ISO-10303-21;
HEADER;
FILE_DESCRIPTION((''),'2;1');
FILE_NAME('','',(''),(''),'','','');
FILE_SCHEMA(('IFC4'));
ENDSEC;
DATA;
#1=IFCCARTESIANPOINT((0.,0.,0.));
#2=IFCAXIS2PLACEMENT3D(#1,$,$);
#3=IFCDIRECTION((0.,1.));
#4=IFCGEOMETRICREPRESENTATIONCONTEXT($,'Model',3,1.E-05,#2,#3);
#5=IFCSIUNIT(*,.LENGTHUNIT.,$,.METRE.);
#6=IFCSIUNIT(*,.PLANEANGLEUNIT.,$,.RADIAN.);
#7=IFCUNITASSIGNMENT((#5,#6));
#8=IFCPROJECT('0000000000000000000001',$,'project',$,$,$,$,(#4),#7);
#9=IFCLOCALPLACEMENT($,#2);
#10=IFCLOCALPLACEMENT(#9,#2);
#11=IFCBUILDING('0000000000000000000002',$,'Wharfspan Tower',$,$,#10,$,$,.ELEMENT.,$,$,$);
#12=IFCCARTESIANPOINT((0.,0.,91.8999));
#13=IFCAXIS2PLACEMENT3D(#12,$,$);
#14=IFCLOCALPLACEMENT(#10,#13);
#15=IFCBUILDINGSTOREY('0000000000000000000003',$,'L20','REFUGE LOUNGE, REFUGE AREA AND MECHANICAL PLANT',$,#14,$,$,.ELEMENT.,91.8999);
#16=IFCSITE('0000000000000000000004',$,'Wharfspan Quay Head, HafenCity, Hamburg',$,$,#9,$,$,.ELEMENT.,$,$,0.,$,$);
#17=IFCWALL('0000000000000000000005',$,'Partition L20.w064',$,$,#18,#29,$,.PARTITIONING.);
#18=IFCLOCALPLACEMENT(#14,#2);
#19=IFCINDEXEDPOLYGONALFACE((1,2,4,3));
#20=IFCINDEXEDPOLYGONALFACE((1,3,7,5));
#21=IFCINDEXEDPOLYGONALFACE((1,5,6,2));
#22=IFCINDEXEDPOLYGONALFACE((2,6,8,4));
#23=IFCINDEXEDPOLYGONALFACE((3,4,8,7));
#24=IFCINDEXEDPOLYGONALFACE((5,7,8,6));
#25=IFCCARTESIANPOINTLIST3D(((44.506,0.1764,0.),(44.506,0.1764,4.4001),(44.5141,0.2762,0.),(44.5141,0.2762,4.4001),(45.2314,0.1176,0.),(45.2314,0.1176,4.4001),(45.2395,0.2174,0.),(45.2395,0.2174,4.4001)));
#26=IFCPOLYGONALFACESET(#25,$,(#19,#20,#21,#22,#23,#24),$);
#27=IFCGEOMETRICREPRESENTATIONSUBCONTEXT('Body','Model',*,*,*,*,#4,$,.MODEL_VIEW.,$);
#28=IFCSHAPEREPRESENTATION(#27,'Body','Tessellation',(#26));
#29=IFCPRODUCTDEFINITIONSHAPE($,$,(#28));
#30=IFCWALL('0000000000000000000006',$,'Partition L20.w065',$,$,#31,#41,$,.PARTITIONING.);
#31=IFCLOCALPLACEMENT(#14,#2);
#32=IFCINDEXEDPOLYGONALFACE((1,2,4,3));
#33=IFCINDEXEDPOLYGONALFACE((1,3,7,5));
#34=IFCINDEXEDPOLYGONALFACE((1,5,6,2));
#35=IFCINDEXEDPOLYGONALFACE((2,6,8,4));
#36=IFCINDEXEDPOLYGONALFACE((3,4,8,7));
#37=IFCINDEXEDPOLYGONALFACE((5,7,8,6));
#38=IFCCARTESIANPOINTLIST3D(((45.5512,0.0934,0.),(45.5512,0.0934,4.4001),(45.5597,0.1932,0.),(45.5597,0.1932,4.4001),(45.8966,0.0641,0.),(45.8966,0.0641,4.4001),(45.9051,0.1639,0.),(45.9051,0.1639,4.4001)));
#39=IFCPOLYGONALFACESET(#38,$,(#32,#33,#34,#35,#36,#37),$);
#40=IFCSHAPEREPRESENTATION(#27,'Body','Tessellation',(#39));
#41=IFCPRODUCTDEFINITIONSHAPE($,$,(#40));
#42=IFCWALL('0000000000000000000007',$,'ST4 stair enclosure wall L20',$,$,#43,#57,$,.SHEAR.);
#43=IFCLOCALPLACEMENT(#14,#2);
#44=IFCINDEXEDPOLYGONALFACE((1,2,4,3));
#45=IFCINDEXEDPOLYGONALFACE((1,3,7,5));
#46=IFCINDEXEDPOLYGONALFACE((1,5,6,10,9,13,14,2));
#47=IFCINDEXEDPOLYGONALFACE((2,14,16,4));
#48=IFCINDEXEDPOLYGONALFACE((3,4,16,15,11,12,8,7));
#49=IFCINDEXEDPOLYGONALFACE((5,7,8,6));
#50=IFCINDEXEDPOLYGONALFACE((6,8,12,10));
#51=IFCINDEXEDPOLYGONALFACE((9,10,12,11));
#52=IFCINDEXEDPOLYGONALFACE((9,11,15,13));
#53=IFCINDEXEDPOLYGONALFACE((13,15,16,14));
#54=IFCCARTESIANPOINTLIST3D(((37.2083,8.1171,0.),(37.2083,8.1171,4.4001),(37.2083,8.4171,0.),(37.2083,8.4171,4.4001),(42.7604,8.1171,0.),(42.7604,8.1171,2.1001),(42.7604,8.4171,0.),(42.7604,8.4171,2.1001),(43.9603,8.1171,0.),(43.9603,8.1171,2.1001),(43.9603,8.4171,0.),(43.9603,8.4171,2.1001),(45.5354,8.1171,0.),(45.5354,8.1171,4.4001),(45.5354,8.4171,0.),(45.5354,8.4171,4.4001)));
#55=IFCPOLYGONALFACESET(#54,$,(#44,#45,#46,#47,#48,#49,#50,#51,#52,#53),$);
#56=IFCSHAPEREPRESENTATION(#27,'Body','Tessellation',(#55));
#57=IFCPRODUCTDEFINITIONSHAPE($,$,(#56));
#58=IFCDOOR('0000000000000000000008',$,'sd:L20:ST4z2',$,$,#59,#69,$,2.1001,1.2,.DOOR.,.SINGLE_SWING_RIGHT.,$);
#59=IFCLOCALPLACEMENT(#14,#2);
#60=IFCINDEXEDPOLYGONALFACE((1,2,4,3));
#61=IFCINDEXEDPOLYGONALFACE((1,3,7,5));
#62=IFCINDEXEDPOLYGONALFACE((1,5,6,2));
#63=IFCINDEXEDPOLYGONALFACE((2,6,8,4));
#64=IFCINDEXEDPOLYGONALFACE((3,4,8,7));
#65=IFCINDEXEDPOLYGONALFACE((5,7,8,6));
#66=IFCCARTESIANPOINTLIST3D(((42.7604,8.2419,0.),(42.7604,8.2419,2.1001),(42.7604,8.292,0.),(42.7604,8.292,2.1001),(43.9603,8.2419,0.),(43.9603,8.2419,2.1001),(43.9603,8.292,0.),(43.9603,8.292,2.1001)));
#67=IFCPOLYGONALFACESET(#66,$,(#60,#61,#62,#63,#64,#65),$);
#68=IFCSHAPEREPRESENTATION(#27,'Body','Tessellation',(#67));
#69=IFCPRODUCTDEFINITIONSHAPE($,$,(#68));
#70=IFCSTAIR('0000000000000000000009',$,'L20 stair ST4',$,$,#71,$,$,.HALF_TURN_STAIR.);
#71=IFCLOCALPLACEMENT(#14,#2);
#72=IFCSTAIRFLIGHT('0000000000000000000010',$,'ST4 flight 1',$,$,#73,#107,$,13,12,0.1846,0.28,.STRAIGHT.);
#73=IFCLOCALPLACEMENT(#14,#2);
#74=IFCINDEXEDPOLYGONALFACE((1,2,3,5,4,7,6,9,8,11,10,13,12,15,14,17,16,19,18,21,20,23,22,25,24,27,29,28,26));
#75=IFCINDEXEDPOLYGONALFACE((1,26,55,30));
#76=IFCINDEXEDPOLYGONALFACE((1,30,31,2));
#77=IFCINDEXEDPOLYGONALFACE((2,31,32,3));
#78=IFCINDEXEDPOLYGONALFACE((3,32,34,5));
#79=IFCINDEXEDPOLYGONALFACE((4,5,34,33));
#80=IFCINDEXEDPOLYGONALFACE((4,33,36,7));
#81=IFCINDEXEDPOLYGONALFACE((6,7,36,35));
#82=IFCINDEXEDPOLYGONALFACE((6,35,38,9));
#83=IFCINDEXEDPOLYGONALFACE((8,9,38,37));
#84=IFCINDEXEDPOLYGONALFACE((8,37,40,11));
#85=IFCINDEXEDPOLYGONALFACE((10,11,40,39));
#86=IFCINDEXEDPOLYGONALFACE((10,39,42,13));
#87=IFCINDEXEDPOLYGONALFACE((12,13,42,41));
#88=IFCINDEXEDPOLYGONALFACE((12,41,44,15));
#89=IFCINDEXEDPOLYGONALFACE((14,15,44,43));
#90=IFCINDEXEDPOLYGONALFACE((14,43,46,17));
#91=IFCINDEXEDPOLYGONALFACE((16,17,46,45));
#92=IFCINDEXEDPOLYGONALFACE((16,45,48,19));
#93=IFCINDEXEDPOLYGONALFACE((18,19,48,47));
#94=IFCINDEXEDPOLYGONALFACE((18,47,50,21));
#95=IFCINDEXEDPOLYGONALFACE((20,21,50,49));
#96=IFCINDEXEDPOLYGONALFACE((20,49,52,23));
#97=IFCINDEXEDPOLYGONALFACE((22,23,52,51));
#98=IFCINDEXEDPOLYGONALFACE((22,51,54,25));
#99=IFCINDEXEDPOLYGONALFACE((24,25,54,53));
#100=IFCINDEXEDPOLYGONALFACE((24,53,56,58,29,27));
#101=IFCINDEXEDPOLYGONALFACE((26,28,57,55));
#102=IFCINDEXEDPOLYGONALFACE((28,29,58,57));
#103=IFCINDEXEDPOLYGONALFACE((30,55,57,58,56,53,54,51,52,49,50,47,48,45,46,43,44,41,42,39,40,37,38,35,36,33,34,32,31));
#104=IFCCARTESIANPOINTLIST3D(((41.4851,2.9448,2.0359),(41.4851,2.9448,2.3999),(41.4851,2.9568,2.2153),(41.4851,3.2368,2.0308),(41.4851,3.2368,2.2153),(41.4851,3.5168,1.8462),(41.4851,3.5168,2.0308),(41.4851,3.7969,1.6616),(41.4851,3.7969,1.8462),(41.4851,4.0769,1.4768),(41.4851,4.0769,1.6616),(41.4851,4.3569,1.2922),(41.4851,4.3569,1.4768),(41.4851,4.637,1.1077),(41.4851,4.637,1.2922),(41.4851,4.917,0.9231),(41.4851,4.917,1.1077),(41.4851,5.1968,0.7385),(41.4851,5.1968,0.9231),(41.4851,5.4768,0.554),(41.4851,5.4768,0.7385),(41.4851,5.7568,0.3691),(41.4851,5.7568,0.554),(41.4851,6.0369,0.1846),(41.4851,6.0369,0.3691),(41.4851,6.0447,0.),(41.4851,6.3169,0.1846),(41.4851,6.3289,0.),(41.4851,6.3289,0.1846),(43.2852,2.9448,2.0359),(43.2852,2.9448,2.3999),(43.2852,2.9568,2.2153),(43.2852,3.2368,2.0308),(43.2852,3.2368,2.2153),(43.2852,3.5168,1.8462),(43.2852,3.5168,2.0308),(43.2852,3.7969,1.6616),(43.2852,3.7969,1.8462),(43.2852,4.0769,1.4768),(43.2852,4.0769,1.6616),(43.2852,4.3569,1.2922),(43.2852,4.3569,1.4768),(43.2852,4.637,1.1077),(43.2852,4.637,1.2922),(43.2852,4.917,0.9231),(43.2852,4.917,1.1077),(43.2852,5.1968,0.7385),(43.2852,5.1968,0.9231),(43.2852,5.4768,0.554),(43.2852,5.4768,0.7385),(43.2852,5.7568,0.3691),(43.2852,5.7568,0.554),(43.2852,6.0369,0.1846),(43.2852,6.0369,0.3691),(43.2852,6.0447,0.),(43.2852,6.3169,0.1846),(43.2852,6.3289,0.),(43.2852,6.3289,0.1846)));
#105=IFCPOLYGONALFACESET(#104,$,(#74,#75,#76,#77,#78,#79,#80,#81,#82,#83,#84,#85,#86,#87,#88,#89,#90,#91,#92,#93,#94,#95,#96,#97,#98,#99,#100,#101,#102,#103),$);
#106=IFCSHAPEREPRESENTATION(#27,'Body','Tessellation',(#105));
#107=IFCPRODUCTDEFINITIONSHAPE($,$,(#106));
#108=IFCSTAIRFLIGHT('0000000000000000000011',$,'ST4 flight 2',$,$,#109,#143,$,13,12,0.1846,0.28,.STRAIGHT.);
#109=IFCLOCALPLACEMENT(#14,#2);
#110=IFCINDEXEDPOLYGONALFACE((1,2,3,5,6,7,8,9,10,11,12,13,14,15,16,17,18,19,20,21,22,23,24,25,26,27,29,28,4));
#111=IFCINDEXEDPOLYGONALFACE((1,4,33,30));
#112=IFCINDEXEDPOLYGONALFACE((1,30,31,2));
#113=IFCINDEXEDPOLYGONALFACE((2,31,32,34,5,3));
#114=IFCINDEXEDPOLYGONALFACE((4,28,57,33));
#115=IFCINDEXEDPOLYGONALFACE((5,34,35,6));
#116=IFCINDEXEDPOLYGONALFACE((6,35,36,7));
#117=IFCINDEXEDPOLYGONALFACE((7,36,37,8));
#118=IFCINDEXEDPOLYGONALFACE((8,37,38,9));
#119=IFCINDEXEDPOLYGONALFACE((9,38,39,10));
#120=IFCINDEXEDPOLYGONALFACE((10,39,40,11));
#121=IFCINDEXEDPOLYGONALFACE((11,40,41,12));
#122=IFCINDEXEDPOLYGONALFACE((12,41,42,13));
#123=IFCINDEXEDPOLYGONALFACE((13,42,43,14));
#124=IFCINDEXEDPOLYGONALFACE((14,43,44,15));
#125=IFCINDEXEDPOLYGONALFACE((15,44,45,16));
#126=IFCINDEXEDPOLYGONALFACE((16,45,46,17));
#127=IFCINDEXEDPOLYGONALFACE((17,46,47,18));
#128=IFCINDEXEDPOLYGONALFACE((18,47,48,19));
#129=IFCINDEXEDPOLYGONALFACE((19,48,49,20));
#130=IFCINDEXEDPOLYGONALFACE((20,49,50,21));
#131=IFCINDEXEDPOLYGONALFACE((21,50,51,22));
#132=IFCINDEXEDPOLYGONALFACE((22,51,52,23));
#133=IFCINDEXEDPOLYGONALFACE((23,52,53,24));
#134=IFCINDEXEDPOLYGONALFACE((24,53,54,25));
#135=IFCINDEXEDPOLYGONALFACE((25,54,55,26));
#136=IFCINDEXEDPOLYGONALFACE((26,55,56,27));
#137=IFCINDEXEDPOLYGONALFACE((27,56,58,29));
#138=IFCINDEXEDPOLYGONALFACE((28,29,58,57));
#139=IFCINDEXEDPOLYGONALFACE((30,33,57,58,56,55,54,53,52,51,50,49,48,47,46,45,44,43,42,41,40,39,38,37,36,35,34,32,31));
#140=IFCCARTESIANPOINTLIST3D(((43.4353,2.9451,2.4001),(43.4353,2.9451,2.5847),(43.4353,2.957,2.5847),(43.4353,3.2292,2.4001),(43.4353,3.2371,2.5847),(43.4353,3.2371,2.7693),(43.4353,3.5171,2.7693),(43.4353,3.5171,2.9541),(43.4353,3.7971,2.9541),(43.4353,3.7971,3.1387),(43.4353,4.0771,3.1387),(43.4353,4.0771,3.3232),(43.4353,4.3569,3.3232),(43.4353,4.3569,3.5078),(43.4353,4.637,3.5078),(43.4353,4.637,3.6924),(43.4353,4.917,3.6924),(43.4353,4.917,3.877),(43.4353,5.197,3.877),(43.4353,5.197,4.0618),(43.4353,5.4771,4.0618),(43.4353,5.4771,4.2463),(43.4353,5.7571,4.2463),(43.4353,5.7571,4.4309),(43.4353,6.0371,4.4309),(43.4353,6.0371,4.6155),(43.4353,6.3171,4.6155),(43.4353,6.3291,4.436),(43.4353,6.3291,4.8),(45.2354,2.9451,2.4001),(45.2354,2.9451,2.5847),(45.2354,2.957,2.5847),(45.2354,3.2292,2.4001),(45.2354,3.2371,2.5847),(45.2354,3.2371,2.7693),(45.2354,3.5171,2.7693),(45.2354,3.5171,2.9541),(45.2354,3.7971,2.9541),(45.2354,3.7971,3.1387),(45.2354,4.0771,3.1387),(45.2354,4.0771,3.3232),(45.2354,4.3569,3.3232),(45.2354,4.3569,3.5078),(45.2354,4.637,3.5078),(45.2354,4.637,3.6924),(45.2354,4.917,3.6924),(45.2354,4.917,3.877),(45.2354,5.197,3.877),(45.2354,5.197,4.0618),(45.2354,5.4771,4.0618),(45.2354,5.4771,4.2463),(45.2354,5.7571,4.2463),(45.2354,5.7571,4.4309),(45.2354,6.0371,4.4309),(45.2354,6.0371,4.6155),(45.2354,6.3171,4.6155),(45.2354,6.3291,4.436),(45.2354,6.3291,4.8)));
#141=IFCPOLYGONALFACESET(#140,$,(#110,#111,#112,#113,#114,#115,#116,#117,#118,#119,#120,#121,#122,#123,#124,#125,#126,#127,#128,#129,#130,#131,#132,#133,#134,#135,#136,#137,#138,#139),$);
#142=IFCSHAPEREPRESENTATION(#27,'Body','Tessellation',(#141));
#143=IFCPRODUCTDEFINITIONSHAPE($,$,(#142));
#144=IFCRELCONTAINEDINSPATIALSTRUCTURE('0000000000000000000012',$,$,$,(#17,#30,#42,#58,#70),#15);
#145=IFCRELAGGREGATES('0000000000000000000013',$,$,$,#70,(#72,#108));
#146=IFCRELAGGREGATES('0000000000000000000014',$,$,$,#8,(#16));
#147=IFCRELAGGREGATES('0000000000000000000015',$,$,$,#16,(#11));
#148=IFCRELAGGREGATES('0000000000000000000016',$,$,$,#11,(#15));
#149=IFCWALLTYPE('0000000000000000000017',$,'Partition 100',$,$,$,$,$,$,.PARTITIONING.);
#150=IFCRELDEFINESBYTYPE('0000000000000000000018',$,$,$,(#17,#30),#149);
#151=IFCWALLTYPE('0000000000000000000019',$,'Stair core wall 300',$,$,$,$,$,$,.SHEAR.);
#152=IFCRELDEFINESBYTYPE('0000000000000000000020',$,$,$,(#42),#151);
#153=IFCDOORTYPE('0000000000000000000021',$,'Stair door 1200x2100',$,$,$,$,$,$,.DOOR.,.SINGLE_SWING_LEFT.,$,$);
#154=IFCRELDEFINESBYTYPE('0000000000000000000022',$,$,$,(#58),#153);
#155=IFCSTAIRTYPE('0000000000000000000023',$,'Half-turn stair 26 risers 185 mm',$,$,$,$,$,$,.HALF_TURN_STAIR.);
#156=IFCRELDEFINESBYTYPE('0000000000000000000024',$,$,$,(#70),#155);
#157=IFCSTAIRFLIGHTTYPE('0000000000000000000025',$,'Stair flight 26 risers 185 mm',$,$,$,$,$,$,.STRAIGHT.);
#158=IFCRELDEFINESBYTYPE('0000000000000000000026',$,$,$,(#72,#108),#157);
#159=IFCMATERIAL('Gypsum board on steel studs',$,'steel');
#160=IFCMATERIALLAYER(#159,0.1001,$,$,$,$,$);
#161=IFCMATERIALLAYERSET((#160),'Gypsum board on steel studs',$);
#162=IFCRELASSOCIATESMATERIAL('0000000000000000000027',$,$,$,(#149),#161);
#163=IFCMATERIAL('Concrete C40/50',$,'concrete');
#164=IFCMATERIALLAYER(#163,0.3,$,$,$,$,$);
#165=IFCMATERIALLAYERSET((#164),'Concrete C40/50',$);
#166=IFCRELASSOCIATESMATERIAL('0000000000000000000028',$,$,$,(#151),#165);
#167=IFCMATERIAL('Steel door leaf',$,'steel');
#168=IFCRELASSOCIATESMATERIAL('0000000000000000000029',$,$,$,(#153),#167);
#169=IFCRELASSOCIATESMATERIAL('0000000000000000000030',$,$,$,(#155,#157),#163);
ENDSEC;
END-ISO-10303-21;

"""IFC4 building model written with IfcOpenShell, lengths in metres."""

from ifc_helpers import new_model, si_unit, direction, frame, frame_2d, origin, place, context, subcontext, project, spatial, polyline, rectangle, outline, extrude, material, layer, layer_set, type_object, element, fill, aggregate, save


model = new_model("IFC4")

# Units and contexts
model_context = context("Model", 3, precision=1e-05, world=origin(), true_north=direction((0.0, 1.0)))
body_context = subcontext(model_context, "Body", "Model", "MODEL_VIEW")
ifc_project = project(units=[si_unit("LENGTHUNIT", "METRE"), si_unit("PLANEANGLEUNIT", "RADIAN")], contexts=[model_context])

# Site, building, storey
site_placement = place(None, origin())
site = spatial("IfcSite", under=ifc_project, at=site_placement, Name="Wharfspan Quay Head, HafenCity, Hamburg", CompositionType="ELEMENT", RefElevation=0.0)
building_placement = place(site_placement, origin())
building = spatial("IfcBuilding", under=site, at=building_placement, Name="Wharfspan Tower", CompositionType="ELEMENT")
storey_placement = place(building_placement, frame((0.0, 0.0, 91.8999)))
storey = spatial("IfcBuildingStorey", under=building, at=storey_placement, Name="L20", Description="REFUGE LOUNGE, REFUGE AREA AND MECHANICAL PLANT", CompositionType="ELEMENT", Elevation=91.8999)

# Shared definitions
ifc_material_1 = material(Name="Concrete C40/50", Category="concrete")

# Walls
ifc_material_2 = material(Name="Gypsum board on steel studs", Category="steel")
ifc_layer_1 = layer(ifc_material_2, 0.1001)
ifc_layer_set_1 = layer_set([ifc_layer_1], Name="Gypsum board on steel studs")
wall_type_1 = type_object("IfcWallType", Name="Partition 100", PredefinedType="PARTITIONING", material=ifc_layer_set_1)
wall_1_placement = place(storey_placement, frame((45.2354, 0.1675, 0.0), z_axis=(0.0, 0.0, 1.0), x_axis=(-0.996727, 0.080852, 0.0)))
element("IfcWall", 1, at=wall_1_placement, inside=storey, type_object=wall_type_1, Name="Partition L20.w064", PredefinedType="PARTITIONING", context=body_context, shape_type="SweptSolid", body=[
    extrude(rectangle(XDim=0.7278, YDim=0.1001, at=frame_2d((0.3638, 0.0))), origin(), (0.0, 0.0, 1.0), 4.4001),
])
wall_2_placement = place(storey_placement, frame((45.9009, 0.114, 0.0), z_axis=(0.0, 0.0, 1.0), x_axis=(-0.996419, 0.084502, 0.0)))
element("IfcWall", 2, at=wall_2_placement, inside=storey, type_object=wall_type_1, Name="Partition L20.w065", PredefinedType="PARTITIONING", context=body_context, shape_type="SweptSolid", body=[
    extrude(rectangle(XDim=0.3467, YDim=0.1001, at=frame_2d((0.1733, 0.0))), origin(), (0.0, 0.0, 1.0), 4.4001),
])

# Wall, opening, door
ifc_layer_2 = layer(ifc_material_1, 0.3)
ifc_layer_set_2 = layer_set([ifc_layer_2], Name="Concrete C40/50")
wall_type_2 = type_object("IfcWallType", Name="Stair core wall 300", PredefinedType="SHEAR", material=ifc_layer_set_2)
wall_3_placement = place(storey_placement, frame((37.2083, 8.2671, 0.0), z_axis=(0.0, 0.0, 1.0), x_axis=(1.0, 0.0, 0.0)))
wall_3 = element("IfcWall", 3, at=wall_3_placement, inside=storey, type_object=wall_type_2, Name="ST4 stair enclosure wall L20", PredefinedType="SHEAR", context=body_context, shape_type="SweptSolid", body=[
    extrude(rectangle(XDim=8.3271, YDim=0.3, at=frame_2d((4.1636, 0.0))), origin(), (0.0, 0.0, 1.0), 4.4001),
])
opening_placement = place(wall_3_placement, frame((5.552, 0.0, 0.0)))
opening = element("IfcOpeningElement", 4, at=opening_placement, cuts=wall_3, PredefinedType="OPENING", context=body_context, shape_type="SweptSolid", body=[
    extrude(rectangle(XDim=1.2, YDim=2.1001, at=frame_2d((0.6001, 1.05))), frame((0.0, 0.1599, 0.0), z_axis=(0.0, -1.0, 0.0), x_axis=(1.0, 0.0, 0.0)), (0.0, 0.0, 1.0), 0.3201),
])
ifc_material_3 = material(Name="Steel door leaf", Category="steel")
door_type = type_object("IfcDoorType", Name="Stair door 1200x2100", OperationType="SINGLE_SWING_LEFT", PredefinedType="DOOR", material=ifc_material_3)
door_placement = place(opening_placement, origin())
door = element("IfcDoor", 5, at=door_placement, inside=storey, type_object=door_type, Name="sd:L20:ST4z2", OperationType="SINGLE_SWING_RIGHT", OverallHeight=2.1001, OverallWidth=1.2, PredefinedType="DOOR", context=body_context, shape_type="SweptSolid", body=[
    extrude(rectangle(XDim=1.2, YDim=2.1001, at=frame_2d((0.6001, 1.05))), frame((0.0, 0.0249, 0.0), z_axis=(0.0, -1.0, 0.0), x_axis=(1.0, 0.0, 0.0)), (0.0, 0.0, 1.0), 0.05),
])
fill(opening, door)

# Stair, stair flights
stair_type = type_object("IfcStairType", Name="Half-turn stair 26 risers 185 mm", PredefinedType="HALF_TURN_STAIR", material=ifc_material_1)
stair_placement = place(storey_placement, origin())
stair = element("IfcStair", 6, at=stair_placement, inside=storey, type_object=stair_type, Name="L20 stair ST4", PredefinedType="HALF_TURN_STAIR")
stair_flight_type = type_object("IfcStairFlightType", Name="Stair flight 26 risers 185 mm", PredefinedType="STRAIGHT", material=ifc_material_1)
stair_flight_1_placement = place(storey_placement, frame((42.3853, 6.3169, 0.0), z_axis=(0.0, 0.0, 1.0), x_axis=(0.0, -1.0, 0.0)))
stair_flight_1 = element("IfcStairFlight", 7, at=stair_flight_1_placement, type_object=stair_flight_type, Name="ST4 flight 1", NumberOfRisers=13, NumberOfTreads=12, PredefinedType="STRAIGHT", RiserHeight=0.1846, TreadLength=0.28, context=body_context, shape_type="SweptSolid", body=[
    extrude(outline(polyline([(-0.012, 0.0), (-0.012, 0.1846), (0.0, 0.1846), (0.28, 0.1846), (0.28, 0.3691), (0.5601, 0.3691), (0.5601, 0.554), (0.8401, 0.554), (0.8401, 0.7385), (1.1201, 0.7385), (1.1201, 0.9231), (1.3999, 0.9231), (1.3999, 1.1077), (1.6799, 1.1077), (1.6799, 1.2922), (1.96, 1.2922), (1.96, 1.4768), (2.24, 1.4768), (2.24, 1.6616), (2.52, 1.6616), (2.52, 1.8462), (2.8, 1.8462), (2.8, 2.0308), (3.0801, 2.0308), (3.0801, 2.2153), (3.3601, 2.2153), (3.3721, 2.3999), (3.3721, 2.0359), (0.2722, 0.0), (-0.012, 0.0)])), frame((0.0, 0.8999, 0.0), z_axis=(0.0, -1.0, 0.0), x_axis=(1.0, 0.0, 0.0)), (0.0, 0.0, 1.0), 1.8),
])
stair_flight_2_placement = place(storey_placement, frame((44.3352, 2.957, 2.4001), z_axis=(0.0, 0.0, 1.0), x_axis=(0.0, 1.0, 0.0)))
stair_flight_2 = element("IfcStairFlight", 8, at=stair_flight_2_placement, type_object=stair_flight_type, Name="ST4 flight 2", NumberOfRisers=13, NumberOfTreads=12, PredefinedType="STRAIGHT", RiserHeight=0.1846, TreadLength=0.28, context=body_context, shape_type="SweptSolid", body=[
    extrude(outline(polyline([(-0.012, 0.0), (-0.012, 0.1846), (0.0, 0.1846), (0.28, 0.1846), (0.28, 0.3691), (0.5601, 0.3691), (0.5601, 0.554), (0.8401, 0.554), (0.8401, 0.7385), (1.1201, 0.7385), (1.1201, 0.9231), (1.3999, 0.9231), (1.3999, 1.1077), (1.6799, 1.1077), (1.6799, 1.2922), (1.96, 1.2922), (1.96, 1.4768), (2.24, 1.4768), (2.24, 1.6616), (2.52, 1.6616), (2.52, 1.8462), (2.8, 1.8462), (2.8, 2.0308), (3.0801, 2.0308), (3.0801, 2.2153), (3.3601, 2.2153), (3.3721, 2.3999), (3.3721, 2.0359), (0.2722, 0.0), (-0.012, 0.0)])), frame((0.0, 0.8999, 0.0), z_axis=(0.0, -1.0, 0.0), x_axis=(1.0, 0.0, 0.0)), (0.0, 0.0, 1.0), 1.8),
])
aggregate(stair, [stair_flight_1, stair_flight_2])

save(model, "model.ifc")
